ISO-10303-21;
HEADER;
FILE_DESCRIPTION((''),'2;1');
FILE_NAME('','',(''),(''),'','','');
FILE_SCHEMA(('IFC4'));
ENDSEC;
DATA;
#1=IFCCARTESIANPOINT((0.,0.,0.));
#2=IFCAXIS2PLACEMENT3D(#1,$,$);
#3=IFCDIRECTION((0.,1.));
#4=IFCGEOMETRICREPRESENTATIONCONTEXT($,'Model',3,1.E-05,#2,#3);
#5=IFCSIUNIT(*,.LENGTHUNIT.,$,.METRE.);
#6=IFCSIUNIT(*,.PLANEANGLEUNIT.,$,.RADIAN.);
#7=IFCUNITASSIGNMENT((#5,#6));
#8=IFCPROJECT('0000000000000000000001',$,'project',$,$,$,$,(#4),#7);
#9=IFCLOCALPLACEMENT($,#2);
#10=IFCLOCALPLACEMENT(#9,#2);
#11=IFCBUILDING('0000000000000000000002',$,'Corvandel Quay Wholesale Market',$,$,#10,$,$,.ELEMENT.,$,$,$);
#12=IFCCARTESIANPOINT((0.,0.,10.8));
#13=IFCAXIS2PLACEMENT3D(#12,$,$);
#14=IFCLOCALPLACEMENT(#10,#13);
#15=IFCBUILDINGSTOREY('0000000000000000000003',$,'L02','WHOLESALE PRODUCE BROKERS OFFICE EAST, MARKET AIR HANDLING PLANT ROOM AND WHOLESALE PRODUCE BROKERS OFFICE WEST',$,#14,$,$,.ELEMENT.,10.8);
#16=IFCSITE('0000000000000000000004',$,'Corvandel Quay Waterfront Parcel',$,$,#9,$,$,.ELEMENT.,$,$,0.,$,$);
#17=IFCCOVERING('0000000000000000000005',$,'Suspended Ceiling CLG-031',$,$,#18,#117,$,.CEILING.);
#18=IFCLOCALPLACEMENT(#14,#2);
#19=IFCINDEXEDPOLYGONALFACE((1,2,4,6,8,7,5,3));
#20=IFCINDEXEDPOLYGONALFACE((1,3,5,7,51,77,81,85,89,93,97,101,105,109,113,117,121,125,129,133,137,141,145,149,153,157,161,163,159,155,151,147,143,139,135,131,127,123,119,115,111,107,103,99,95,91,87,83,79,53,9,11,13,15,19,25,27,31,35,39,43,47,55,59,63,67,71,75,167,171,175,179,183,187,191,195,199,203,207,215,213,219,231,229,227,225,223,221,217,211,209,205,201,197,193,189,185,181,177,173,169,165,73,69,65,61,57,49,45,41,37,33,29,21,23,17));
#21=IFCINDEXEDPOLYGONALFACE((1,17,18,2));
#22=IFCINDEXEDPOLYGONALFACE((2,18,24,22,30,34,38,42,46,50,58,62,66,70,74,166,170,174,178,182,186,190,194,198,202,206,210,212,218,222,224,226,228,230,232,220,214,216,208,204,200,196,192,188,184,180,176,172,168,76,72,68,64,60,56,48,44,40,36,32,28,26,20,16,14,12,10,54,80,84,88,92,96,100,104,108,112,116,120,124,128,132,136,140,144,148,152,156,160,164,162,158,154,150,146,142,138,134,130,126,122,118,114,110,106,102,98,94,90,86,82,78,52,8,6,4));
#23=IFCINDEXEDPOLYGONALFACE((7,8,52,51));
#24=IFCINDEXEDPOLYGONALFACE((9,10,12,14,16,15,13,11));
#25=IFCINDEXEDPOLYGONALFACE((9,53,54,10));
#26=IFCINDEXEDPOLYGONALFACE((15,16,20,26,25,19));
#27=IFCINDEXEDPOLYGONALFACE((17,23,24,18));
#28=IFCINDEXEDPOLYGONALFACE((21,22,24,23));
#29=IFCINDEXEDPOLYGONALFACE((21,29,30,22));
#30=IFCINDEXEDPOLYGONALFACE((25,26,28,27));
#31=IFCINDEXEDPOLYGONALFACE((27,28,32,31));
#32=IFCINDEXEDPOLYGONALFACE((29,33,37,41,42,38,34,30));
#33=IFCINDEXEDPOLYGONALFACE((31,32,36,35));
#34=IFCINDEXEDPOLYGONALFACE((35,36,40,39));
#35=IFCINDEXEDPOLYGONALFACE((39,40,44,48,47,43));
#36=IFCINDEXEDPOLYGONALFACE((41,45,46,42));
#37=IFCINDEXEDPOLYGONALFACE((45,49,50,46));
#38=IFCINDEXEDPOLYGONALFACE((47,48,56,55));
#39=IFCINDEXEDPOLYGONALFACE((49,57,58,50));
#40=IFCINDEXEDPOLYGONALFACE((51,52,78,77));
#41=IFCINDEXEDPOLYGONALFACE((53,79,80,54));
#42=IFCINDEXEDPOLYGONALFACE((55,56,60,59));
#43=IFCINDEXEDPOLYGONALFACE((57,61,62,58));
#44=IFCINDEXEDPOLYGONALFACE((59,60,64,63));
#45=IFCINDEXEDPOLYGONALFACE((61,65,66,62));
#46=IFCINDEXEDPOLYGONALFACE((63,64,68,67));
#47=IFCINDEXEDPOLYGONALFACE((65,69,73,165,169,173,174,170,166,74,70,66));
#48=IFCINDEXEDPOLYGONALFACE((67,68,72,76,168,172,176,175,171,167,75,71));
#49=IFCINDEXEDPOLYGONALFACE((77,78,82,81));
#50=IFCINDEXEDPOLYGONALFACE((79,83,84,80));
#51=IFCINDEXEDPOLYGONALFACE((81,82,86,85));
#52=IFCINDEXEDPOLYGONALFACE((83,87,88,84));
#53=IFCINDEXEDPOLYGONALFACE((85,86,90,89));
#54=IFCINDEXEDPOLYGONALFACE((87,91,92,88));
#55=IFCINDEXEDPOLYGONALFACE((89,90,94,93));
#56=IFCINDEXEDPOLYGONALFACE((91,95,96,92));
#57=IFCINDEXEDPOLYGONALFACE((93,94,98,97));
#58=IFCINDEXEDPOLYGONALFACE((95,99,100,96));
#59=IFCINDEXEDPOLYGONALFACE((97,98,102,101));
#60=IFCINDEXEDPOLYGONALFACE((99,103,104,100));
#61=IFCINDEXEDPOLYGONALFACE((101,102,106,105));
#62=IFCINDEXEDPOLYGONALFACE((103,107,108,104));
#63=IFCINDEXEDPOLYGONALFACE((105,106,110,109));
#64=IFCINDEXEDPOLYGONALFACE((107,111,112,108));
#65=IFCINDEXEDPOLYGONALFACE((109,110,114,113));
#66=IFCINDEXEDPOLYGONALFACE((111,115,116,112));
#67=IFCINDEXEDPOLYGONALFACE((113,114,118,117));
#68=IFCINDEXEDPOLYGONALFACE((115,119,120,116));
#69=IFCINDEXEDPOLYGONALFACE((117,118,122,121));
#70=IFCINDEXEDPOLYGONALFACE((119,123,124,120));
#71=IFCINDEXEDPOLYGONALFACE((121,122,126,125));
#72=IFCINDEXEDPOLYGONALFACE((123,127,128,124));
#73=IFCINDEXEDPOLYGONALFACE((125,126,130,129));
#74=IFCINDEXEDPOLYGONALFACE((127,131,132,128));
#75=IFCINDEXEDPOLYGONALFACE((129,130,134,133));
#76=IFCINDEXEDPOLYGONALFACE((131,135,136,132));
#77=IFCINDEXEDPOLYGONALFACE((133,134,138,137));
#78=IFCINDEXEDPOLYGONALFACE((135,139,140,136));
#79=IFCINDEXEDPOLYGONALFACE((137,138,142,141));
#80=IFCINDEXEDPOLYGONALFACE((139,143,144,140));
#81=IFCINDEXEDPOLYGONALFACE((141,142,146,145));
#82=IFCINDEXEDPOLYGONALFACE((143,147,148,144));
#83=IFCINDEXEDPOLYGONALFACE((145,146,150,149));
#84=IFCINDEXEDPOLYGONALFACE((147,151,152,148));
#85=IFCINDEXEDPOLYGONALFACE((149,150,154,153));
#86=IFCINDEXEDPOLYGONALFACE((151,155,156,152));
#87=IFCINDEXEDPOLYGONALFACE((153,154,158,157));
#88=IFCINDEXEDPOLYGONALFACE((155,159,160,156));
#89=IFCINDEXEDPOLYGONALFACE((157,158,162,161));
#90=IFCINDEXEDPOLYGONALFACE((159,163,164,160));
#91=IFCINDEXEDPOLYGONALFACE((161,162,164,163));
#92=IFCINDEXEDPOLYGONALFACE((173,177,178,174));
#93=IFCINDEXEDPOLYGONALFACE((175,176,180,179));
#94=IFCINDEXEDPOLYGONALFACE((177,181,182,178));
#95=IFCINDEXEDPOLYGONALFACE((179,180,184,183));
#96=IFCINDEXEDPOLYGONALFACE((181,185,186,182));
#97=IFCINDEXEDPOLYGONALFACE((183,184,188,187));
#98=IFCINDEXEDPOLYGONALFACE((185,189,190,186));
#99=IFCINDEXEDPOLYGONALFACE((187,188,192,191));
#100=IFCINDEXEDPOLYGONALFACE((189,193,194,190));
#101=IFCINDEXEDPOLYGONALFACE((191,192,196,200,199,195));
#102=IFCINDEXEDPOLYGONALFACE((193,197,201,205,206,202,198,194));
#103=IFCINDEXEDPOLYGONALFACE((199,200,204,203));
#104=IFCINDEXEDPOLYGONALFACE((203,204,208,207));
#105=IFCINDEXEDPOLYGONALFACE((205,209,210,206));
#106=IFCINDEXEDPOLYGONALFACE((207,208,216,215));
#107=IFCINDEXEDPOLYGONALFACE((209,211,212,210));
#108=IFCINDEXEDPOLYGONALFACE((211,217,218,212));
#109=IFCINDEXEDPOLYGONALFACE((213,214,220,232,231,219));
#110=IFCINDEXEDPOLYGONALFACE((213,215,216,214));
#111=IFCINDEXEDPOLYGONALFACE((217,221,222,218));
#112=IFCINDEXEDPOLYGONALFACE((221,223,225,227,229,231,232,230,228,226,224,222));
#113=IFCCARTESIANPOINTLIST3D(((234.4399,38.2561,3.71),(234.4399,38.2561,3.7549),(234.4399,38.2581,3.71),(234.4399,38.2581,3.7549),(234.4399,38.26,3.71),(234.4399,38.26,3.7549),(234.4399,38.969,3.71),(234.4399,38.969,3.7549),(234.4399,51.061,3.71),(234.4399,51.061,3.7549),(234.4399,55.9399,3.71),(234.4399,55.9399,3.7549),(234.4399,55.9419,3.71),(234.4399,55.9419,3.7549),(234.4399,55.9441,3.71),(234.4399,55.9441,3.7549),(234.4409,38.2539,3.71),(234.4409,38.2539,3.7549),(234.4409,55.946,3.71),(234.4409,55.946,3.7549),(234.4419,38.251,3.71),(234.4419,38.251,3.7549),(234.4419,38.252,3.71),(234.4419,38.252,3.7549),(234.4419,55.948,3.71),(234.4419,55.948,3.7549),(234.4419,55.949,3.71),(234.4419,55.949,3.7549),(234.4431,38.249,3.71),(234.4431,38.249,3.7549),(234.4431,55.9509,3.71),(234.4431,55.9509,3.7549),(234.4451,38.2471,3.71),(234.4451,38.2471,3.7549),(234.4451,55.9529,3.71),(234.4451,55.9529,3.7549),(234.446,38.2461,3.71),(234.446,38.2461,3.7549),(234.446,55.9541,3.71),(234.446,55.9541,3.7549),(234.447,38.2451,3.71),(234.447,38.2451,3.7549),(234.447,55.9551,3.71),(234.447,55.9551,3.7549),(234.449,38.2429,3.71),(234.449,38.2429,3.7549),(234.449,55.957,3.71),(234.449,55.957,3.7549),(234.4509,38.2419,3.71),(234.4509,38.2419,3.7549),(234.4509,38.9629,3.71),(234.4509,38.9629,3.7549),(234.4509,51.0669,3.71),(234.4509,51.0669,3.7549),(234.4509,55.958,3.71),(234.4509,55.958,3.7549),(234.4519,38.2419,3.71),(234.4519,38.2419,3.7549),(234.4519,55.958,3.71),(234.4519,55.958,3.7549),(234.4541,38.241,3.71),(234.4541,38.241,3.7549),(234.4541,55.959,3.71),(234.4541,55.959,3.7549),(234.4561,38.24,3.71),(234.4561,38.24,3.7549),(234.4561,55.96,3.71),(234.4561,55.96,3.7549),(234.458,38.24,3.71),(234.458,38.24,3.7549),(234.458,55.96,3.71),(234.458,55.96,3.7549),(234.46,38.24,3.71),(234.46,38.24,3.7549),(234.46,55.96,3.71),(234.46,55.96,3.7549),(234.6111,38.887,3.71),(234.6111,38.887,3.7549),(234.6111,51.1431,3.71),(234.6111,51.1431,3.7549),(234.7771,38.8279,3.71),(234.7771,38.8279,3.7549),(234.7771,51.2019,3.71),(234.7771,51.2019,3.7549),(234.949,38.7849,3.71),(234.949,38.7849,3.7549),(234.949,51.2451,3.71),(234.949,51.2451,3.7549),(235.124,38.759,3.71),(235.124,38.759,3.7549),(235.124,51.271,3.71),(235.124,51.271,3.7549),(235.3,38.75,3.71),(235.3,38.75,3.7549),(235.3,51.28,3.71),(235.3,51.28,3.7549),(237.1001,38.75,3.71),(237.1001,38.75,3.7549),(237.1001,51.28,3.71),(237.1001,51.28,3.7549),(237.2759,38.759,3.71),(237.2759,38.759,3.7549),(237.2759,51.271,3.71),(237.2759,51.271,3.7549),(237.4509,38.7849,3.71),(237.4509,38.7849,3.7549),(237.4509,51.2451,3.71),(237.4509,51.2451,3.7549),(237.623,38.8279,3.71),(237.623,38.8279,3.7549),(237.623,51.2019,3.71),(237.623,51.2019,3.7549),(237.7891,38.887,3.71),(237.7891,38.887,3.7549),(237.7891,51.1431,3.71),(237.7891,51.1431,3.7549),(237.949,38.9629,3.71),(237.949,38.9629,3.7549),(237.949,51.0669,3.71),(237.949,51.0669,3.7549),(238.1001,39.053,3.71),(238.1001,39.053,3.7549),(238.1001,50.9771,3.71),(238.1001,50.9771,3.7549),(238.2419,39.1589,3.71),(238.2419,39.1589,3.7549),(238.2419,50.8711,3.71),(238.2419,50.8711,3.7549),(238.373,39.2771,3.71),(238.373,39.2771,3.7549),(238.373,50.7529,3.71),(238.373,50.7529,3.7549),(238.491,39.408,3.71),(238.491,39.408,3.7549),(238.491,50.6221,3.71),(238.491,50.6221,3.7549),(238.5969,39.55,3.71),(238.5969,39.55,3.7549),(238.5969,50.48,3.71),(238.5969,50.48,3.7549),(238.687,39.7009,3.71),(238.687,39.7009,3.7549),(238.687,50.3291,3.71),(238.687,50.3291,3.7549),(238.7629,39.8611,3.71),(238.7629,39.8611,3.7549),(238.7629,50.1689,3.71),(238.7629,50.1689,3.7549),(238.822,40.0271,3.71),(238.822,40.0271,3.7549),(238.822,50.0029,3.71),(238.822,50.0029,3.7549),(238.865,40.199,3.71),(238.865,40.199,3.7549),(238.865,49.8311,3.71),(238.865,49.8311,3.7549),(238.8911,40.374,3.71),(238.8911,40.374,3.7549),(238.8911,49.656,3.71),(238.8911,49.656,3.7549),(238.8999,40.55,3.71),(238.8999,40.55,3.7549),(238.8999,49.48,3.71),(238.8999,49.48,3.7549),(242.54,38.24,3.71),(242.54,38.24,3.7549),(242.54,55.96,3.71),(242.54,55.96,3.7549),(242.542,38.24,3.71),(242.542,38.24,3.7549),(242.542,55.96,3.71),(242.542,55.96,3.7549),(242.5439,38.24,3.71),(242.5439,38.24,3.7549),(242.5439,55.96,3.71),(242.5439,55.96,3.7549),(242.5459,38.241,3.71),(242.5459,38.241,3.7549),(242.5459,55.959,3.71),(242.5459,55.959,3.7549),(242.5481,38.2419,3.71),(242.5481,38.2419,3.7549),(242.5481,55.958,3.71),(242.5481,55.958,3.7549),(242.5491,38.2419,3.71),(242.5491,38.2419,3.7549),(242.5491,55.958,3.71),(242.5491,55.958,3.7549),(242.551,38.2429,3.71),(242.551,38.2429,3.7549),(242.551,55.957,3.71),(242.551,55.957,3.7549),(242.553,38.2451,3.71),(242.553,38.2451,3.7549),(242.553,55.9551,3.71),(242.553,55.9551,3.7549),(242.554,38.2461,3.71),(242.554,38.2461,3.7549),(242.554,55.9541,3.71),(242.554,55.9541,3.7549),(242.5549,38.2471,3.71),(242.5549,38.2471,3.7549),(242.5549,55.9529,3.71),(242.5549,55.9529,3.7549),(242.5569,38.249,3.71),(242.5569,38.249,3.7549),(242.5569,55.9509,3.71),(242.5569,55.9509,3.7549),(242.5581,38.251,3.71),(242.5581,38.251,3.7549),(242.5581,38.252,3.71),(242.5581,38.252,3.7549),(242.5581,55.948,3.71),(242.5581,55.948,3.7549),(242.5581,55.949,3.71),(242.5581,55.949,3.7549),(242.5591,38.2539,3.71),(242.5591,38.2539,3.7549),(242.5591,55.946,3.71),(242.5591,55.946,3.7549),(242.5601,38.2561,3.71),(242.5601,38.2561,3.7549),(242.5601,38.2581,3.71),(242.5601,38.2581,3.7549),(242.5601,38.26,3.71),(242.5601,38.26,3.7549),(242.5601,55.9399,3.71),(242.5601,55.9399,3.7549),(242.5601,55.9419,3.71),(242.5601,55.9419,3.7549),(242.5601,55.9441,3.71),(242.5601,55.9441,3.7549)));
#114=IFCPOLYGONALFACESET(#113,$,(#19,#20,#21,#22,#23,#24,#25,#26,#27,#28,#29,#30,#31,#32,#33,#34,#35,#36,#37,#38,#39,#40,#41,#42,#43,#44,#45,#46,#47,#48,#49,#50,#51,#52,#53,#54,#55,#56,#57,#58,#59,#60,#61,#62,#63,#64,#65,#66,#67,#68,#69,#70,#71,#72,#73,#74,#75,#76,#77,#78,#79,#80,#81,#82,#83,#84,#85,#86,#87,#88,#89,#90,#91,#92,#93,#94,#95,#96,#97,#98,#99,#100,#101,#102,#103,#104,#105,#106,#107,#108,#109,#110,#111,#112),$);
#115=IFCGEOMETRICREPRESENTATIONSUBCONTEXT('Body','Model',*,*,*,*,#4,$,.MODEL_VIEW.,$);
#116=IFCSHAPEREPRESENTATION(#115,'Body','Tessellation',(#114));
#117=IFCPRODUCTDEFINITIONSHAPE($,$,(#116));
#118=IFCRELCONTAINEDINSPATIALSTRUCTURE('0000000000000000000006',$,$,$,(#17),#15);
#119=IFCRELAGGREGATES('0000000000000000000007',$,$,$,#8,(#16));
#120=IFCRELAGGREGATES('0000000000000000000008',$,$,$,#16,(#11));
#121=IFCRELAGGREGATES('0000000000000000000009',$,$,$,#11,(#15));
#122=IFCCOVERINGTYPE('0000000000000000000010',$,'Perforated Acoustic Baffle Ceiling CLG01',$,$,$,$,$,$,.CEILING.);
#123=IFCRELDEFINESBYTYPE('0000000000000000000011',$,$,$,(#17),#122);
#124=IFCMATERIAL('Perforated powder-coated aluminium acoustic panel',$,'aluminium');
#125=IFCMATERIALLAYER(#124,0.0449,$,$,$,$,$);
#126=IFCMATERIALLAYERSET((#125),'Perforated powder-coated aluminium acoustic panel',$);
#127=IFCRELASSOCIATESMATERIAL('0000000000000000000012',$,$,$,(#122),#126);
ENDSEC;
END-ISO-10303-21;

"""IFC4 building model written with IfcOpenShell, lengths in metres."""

from ifc_helpers import new_model, si_unit, direction, frame, origin, place, context, subcontext, project, spatial, polyline, outline, extrude, material, layer, layer_set, type_object, element, save


model = new_model("IFC4")

# Units and contexts
model_context = context("Model", 3, precision=1e-05, world=origin(), true_north=direction((0.0, 1.0)))
body_context = subcontext(model_context, "Body", "Model", "MODEL_VIEW")
ifc_project = project(units=[si_unit("LENGTHUNIT", "METRE"), si_unit("PLANEANGLEUNIT", "RADIAN")], contexts=[model_context])

# Site, building, storey
site_placement = place(None, origin())
site = spatial("IfcSite", under=ifc_project, at=site_placement, Name="Corvandel Quay Waterfront Parcel", CompositionType="ELEMENT", RefElevation=0.0)
building_placement = place(site_placement, origin())
building = spatial("IfcBuilding", under=site, at=building_placement, Name="Corvandel Quay Wholesale Market", CompositionType="ELEMENT")
storey_placement = place(building_placement, frame((0.0, 0.0, 10.8)))
storey = spatial("IfcBuildingStorey", under=building, at=storey_placement, Name="L02", Description="WHOLESALE PRODUCE BROKERS OFFICE EAST, MARKET AIR HANDLING PLANT ROOM AND WHOLESALE PRODUCE BROKERS OFFICE WEST", CompositionType="ELEMENT", Elevation=10.8)

# Covering
ifc_material_1 = material(Name="Perforated powder-coated aluminium acoustic panel", Category="aluminium")
ifc_layer_1 = layer(ifc_material_1, 0.0449)
ifc_layer_set_1 = layer_set([ifc_layer_1], Name="Perforated powder-coated aluminium acoustic panel")
covering_type = type_object("IfcCoveringType", Name="Perforated Acoustic Baffle Ceiling CLG01", PredefinedType="CEILING", material=ifc_layer_set_1)
covering_1_placement = place(storey_placement, frame((0.0, 0.0, 3.71)))
element("IfcCovering", 1, at=covering_1_placement, inside=storey, type_object=covering_type, Name="Suspended Ceiling CLG-031", PredefinedType="CEILING", context=body_context, shape_type="SweptSolid", body=[
    extrude(outline(polyline([(234.458, 38.24), (234.4561, 38.24), (234.4541, 38.241), (234.4519, 38.2419), (234.4509, 38.2419), (234.449, 38.2429), (234.447, 38.2451), (234.446, 38.2461), (234.4451, 38.2471), (234.4431, 38.249), (234.4419, 38.251), (234.4419, 38.252), (234.4409, 38.2539), (234.4399, 38.2561), (234.4399, 38.2581), (234.4399, 38.26), (234.4399, 38.969), (234.4509, 38.9629), (234.6111, 38.887), (234.7771, 38.8279), (234.949, 38.7849), (235.124, 38.759), (235.3, 38.75), (237.1001, 38.75), (237.2759, 38.759), (237.4509, 38.7849), (237.623, 38.8279), (237.7891, 38.887), (237.949, 38.9629), (238.1001, 39.053), (238.2419, 39.1589), (238.373, 39.2771), (238.491, 39.408), (238.5969, 39.55), (238.687, 39.7009), (238.7629, 39.8611), (238.822, 40.0271), (238.865, 40.199), (238.8911, 40.374), (238.8999, 40.55), (238.8999, 49.48), (238.8911, 49.656), (238.865, 49.8311), (238.822, 50.0029), (238.7629, 50.1689), (238.687, 50.3291), (238.5969, 50.48), (238.491, 50.6221), (238.373, 50.7529), (238.2419, 50.8711), (238.1001, 50.9771), (237.949, 51.0669), (237.7891, 51.1431), (237.623, 51.2019), (237.4509, 51.2451), (237.2759, 51.271), (237.1001, 51.28), (235.3, 51.28), (235.124, 51.271), (234.949, 51.2451), (234.7771, 51.2019), (234.6111, 51.1431), (234.4509, 51.0669), (234.4399, 51.061), (234.4399, 55.9399), (234.4399, 55.9419), (234.4399, 55.9441), (234.4409, 55.946), (234.4419, 55.948), (234.4419, 55.949), (234.4431, 55.9509), (234.4451, 55.9529), (234.446, 55.9541), (234.447, 55.9551), (234.449, 55.957), (234.4509, 55.958), (234.4519, 55.958), (234.4541, 55.959), (234.4561, 55.96), (234.458, 55.96), (234.46, 55.96), (242.54, 55.96), (242.542, 55.96), (242.5439, 55.96), (242.5459, 55.959), (242.5481, 55.958), (242.5491, 55.958), (242.551, 55.957), (242.553, 55.9551), (242.554, 55.9541), (242.5549, 55.9529), (242.5569, 55.9509), (242.5581, 55.949), (242.5581, 55.948), (242.5591, 55.946), (242.5601, 55.9441), (242.5601, 55.9419), (242.5601, 55.9399), (242.5601, 38.26), (242.5601, 38.2581), (242.5601, 38.2561), (242.5591, 38.2539), (242.5581, 38.252), (242.5581, 38.251), (242.5569, 38.249), (242.5549, 38.2471), (242.554, 38.2461), (242.553, 38.2451), (242.551, 38.2429), (242.5491, 38.2419), (242.5481, 38.2419), (242.5459, 38.241), (242.5439, 38.24), (242.542, 38.24), (242.54, 38.24), (234.46, 38.24), (234.458, 38.24)])), origin(), (0.0, 0.0, 1.0), 0.0449),
])

save(model, "model.ifc")
